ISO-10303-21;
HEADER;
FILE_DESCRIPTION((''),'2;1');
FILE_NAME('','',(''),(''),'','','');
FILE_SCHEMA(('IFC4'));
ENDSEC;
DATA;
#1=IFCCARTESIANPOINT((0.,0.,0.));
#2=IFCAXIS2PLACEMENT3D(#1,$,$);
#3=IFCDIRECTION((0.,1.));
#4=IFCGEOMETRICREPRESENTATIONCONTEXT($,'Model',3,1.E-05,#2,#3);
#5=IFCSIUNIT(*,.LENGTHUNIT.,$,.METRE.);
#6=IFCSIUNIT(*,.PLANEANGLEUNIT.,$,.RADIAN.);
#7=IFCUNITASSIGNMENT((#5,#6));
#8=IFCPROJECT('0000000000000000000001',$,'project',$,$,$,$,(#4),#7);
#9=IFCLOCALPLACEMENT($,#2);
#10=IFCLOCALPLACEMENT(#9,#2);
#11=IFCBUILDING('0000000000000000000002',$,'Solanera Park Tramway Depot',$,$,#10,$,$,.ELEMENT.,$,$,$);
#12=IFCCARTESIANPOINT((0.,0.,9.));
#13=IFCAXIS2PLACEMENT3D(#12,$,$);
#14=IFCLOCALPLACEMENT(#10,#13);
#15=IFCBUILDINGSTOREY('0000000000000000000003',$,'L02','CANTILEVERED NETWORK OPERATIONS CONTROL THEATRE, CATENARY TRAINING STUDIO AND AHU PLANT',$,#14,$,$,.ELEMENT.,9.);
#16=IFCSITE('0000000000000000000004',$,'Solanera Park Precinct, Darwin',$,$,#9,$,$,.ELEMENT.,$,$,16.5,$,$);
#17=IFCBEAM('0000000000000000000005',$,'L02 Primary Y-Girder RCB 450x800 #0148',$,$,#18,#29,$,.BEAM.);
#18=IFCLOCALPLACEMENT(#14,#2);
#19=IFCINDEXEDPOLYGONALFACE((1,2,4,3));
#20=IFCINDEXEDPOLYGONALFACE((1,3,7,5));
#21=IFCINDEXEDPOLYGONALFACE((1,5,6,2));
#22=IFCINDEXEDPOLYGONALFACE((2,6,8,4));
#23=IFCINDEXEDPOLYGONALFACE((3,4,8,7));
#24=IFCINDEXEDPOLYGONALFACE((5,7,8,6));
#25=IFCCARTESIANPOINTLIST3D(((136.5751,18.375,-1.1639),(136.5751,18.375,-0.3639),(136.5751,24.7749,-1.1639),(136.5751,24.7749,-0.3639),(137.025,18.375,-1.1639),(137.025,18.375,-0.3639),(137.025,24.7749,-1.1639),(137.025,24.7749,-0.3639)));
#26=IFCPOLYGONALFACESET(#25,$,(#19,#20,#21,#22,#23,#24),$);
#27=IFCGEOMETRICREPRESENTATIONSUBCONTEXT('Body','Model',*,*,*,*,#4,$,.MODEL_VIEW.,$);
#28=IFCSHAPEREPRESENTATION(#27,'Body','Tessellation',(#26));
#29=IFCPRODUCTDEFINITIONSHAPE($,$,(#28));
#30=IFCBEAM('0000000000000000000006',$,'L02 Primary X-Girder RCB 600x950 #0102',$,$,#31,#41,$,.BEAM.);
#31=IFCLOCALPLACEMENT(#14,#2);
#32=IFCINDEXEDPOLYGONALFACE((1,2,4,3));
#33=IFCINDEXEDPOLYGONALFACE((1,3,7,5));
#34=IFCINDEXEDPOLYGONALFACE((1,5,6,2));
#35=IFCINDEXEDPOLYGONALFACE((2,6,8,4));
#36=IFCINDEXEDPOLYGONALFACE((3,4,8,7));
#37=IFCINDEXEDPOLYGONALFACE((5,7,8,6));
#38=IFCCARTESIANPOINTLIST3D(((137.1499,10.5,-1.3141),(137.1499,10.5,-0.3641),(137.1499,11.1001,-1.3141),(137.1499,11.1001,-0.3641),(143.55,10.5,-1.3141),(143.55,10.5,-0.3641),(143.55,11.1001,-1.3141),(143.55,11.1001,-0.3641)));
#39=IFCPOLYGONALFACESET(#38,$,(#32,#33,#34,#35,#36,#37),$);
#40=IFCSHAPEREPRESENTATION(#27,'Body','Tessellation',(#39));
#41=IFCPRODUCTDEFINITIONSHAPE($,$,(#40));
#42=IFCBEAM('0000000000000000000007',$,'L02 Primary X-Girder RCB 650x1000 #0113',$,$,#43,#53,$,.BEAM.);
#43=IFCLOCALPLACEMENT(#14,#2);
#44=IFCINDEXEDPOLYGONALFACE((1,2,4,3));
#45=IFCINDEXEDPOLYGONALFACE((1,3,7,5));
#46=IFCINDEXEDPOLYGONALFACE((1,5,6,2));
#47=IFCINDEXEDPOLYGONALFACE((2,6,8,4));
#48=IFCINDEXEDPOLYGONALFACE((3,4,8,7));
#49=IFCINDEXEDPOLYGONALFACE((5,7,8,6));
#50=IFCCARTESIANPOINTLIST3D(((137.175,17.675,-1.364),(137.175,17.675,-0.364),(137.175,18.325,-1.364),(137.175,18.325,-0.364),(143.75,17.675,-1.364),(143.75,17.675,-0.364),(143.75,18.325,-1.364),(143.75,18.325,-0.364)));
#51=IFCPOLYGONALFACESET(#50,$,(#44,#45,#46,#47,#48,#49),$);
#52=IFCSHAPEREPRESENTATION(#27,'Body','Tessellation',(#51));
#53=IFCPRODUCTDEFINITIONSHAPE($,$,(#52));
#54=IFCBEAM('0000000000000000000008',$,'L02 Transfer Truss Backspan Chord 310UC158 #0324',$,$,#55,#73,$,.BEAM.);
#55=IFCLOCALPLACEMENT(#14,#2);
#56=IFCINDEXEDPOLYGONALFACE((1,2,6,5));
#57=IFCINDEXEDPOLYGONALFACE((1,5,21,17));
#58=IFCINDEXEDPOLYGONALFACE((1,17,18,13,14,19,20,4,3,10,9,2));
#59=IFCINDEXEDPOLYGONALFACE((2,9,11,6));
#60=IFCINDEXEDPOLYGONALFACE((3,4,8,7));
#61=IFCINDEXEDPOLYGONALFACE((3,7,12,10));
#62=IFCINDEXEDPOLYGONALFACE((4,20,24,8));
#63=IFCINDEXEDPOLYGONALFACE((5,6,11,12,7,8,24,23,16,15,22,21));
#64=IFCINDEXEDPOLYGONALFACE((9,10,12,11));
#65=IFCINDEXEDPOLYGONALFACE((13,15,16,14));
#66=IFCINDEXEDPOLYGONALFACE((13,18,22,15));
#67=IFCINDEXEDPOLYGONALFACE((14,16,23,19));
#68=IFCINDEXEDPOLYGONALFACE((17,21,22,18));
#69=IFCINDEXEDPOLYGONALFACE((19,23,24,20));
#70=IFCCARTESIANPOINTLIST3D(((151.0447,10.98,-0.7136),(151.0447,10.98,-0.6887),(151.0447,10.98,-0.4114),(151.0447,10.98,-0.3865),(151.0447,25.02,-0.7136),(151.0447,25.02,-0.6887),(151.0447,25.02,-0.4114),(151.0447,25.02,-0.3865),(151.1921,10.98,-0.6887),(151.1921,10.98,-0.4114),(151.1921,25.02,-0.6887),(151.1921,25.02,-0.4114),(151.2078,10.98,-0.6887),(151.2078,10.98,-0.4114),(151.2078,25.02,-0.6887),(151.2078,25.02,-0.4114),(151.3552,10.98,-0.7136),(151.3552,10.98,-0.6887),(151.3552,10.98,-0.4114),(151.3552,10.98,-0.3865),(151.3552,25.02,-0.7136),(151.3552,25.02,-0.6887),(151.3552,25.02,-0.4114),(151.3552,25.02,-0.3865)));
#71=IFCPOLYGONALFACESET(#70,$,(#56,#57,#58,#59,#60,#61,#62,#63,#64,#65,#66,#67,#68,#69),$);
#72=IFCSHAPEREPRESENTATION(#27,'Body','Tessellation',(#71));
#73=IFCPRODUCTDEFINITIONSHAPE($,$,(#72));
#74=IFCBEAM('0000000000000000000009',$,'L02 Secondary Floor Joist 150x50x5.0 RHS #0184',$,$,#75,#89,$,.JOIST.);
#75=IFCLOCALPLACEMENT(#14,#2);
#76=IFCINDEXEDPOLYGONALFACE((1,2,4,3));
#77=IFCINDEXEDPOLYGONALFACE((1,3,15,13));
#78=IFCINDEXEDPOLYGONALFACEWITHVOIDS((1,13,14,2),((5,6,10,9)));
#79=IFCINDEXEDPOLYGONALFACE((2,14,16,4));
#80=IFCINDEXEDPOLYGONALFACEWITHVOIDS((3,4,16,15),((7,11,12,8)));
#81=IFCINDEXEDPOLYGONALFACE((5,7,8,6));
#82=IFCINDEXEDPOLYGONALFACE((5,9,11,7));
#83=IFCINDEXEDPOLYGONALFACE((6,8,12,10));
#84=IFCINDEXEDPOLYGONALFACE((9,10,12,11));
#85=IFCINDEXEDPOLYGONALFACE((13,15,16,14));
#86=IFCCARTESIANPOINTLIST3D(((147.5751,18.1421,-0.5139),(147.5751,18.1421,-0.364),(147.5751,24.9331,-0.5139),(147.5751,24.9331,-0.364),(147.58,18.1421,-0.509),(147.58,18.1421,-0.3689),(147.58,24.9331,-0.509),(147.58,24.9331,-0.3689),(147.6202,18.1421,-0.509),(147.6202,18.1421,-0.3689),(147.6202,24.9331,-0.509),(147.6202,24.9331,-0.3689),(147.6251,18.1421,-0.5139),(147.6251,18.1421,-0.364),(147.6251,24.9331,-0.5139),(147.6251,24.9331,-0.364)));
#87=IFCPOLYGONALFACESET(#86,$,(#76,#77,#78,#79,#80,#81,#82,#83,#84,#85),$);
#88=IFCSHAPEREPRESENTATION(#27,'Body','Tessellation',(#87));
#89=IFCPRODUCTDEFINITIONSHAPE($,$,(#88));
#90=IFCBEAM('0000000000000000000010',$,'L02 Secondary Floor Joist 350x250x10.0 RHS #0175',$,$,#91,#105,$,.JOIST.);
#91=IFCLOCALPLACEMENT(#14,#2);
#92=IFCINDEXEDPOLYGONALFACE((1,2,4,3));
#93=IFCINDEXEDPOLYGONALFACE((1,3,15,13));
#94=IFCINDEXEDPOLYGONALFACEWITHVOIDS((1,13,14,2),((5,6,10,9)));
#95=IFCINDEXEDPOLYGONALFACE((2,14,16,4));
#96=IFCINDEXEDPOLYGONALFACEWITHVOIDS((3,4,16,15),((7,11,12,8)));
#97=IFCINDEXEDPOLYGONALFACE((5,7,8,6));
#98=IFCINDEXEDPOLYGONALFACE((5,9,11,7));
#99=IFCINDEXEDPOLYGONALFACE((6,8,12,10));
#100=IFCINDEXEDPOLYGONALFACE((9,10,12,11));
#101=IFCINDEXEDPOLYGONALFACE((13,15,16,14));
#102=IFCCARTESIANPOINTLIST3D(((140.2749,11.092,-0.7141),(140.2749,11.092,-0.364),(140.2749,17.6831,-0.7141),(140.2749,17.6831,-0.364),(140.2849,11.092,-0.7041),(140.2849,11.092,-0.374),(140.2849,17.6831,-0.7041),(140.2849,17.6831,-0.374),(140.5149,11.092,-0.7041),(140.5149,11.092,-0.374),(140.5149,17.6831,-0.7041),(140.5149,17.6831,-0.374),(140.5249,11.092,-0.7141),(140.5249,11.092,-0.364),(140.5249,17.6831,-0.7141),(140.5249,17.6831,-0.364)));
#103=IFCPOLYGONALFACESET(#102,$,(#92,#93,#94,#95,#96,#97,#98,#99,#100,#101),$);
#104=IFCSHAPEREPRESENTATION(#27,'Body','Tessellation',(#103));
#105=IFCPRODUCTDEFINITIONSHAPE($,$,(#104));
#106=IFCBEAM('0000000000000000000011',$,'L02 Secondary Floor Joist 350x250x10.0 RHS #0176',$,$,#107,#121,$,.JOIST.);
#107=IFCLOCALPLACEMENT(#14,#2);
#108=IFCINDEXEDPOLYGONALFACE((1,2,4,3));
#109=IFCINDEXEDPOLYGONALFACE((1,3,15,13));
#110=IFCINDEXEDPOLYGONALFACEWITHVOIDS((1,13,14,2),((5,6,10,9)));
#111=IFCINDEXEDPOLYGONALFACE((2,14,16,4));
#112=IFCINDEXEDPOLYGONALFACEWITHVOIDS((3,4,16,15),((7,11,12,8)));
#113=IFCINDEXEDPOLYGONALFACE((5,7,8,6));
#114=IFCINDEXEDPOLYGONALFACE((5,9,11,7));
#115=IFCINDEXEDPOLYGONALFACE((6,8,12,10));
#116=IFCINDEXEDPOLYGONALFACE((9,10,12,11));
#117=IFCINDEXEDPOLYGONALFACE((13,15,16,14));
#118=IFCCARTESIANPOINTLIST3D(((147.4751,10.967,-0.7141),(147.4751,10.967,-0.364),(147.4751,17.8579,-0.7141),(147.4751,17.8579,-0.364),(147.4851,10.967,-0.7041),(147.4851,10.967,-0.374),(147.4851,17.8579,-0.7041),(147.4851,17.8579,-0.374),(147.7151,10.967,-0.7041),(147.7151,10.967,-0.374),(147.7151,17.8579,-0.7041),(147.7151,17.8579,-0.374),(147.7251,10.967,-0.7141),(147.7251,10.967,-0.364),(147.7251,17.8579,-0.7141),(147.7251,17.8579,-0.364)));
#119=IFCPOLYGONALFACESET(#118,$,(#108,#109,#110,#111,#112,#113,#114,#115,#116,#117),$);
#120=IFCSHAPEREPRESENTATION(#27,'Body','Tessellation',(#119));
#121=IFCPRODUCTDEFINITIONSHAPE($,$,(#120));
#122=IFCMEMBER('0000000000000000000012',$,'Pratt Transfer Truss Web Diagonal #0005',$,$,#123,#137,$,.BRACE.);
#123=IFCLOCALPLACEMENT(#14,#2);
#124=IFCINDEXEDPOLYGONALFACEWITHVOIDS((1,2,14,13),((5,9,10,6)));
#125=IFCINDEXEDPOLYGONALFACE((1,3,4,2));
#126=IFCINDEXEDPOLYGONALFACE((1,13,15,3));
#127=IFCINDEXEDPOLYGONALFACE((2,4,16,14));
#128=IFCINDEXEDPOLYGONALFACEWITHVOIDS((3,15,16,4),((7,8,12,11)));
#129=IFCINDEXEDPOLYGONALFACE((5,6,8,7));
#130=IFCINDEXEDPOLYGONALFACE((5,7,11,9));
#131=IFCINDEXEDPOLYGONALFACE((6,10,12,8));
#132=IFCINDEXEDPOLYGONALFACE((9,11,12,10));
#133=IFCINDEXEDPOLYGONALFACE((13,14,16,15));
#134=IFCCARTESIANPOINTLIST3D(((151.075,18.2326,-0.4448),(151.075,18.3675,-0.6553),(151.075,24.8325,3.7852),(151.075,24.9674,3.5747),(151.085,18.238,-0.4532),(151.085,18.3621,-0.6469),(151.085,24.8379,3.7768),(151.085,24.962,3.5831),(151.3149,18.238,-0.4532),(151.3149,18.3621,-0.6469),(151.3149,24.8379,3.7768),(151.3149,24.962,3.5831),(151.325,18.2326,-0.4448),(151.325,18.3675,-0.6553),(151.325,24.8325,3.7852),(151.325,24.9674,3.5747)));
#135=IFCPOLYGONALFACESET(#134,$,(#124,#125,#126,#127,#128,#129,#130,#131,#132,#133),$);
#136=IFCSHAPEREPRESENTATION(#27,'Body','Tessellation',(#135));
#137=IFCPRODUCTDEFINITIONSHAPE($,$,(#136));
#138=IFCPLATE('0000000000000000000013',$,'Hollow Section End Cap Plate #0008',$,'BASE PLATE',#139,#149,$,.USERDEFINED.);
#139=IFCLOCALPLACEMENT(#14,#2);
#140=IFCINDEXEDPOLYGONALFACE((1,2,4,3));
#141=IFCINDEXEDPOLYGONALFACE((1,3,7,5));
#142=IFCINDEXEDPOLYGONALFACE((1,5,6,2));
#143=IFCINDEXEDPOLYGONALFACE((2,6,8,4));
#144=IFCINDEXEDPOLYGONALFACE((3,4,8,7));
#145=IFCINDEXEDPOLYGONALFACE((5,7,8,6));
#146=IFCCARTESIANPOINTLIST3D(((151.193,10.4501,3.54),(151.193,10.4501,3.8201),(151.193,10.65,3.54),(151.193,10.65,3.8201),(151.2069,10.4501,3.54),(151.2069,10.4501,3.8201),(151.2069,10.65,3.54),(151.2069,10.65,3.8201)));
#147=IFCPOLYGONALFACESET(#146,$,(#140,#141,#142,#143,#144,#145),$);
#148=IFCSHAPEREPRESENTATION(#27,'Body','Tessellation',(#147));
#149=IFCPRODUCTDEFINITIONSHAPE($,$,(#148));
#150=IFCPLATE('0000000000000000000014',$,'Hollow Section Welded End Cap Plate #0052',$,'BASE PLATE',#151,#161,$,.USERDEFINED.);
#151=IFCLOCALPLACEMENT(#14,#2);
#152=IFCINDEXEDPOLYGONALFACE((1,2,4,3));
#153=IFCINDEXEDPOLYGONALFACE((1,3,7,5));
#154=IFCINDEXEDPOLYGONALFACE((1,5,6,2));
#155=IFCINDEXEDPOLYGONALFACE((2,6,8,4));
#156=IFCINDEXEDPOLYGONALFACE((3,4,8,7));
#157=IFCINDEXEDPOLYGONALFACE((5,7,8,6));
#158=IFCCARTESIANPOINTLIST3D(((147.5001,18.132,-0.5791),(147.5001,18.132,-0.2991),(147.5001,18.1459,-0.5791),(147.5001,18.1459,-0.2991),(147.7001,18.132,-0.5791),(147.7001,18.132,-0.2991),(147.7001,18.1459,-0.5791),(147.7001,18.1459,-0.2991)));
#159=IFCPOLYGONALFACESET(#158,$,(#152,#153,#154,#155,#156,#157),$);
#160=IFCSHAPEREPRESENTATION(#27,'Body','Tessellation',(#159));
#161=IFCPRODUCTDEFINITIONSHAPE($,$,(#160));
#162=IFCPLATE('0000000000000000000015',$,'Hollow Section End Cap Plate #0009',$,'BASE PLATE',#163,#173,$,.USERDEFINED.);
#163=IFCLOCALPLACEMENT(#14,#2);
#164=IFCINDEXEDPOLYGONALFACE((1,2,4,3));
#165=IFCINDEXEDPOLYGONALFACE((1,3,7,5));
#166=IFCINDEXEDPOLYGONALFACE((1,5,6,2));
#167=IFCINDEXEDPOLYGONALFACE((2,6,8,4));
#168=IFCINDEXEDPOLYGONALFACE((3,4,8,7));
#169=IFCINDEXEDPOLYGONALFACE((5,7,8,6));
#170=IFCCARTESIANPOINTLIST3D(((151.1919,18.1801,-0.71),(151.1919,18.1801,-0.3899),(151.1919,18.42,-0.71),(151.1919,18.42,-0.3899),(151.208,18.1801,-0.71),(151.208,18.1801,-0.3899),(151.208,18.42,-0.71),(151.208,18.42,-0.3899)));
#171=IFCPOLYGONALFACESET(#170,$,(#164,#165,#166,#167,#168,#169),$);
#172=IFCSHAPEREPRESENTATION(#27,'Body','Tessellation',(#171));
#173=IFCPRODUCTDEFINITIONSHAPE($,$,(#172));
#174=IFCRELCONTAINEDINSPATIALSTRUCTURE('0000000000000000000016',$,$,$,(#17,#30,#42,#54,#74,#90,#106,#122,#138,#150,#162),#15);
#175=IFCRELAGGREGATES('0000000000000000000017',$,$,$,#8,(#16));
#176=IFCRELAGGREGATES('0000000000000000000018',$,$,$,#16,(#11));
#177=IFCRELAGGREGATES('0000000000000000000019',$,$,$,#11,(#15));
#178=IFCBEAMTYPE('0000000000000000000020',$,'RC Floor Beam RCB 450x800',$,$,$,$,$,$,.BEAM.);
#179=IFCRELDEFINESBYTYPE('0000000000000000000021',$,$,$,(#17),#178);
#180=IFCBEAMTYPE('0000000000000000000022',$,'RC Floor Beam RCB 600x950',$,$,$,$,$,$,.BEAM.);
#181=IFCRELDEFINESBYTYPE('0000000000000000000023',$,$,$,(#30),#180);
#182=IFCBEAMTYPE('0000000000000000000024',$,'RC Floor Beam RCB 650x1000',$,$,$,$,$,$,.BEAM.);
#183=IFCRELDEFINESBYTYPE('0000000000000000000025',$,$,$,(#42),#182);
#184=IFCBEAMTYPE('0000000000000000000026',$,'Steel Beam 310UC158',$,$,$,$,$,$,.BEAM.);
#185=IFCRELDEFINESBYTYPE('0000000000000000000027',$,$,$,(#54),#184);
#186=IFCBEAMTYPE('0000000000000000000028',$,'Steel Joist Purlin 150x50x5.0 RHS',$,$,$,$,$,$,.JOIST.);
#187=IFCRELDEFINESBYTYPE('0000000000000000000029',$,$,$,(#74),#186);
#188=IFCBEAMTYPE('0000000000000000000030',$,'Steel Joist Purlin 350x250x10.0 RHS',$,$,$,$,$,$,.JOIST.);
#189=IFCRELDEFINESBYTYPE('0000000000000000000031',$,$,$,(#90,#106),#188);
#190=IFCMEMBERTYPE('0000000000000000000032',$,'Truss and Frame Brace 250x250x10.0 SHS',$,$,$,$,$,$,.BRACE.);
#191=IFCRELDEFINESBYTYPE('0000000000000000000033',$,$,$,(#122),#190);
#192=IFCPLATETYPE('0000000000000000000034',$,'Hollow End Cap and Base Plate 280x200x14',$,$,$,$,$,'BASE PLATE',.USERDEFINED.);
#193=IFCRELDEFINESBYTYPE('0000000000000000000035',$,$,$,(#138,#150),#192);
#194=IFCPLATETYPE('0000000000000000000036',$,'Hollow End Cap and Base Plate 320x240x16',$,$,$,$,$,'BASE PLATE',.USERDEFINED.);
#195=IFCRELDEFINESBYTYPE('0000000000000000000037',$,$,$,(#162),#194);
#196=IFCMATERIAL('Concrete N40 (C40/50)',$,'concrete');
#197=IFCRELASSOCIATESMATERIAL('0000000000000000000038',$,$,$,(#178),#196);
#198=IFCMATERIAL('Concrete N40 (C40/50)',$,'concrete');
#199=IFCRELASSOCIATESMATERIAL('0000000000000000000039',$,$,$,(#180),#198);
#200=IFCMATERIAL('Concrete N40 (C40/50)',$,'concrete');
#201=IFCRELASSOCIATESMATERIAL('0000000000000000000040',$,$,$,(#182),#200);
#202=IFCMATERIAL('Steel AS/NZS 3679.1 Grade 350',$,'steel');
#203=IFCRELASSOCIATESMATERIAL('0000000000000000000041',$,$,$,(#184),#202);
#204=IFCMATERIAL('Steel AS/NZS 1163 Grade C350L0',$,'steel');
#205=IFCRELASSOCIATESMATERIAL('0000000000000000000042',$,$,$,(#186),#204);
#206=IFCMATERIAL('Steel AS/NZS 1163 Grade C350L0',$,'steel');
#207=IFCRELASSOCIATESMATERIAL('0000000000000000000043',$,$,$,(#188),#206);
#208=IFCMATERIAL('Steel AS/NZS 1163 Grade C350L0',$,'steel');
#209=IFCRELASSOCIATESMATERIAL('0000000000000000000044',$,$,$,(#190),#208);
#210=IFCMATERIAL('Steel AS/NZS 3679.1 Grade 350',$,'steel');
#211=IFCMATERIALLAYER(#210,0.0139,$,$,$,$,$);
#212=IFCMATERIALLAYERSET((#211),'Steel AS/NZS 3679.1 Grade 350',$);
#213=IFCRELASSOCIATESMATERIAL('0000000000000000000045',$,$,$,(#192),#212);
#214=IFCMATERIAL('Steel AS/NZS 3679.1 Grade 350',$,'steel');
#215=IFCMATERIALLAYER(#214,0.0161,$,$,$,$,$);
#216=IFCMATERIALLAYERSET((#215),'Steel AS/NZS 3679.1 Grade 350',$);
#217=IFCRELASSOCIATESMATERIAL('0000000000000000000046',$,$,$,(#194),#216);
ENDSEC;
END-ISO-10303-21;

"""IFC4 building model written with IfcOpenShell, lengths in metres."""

from ifc_helpers import new_model, si_unit, direction, frame, origin, origin_2d, place, context, subcontext, project, spatial, rectangle, hollow_rectangle, i_section, extrude, material, layer, layer_set, material_profile, profile_set, type_object, element, save


model = new_model("IFC4")

# Units and contexts
model_context = context("Model", 3, precision=1e-05, world=origin(), true_north=direction((0.0, 1.0)))
body_context = subcontext(model_context, "Body", "Model", "MODEL_VIEW")
ifc_project = project(units=[si_unit("LENGTHUNIT", "METRE"), si_unit("PLANEANGLEUNIT", "RADIAN")], contexts=[model_context])

# Site, building, storey
site_placement = place(None, origin())
site = spatial("IfcSite", under=ifc_project, at=site_placement, Name="Solanera Park Precinct, Darwin", CompositionType="ELEMENT", RefElevation=16.5)
building_placement = place(site_placement, origin())
building = spatial("IfcBuilding", under=site, at=building_placement, Name="Solanera Park Tramway Depot", CompositionType="ELEMENT")
storey_placement = place(building_placement, frame((0.0, 0.0, 9.0)))
storey = spatial("IfcBuildingStorey", under=building, at=storey_placement, Name="L02", Description="CANTILEVERED NETWORK OPERATIONS CONTROL THEATRE, CATENARY TRAINING STUDIO AND AHU PLANT", CompositionType="ELEMENT", Elevation=9.0)

# Beams
ifc_material_1 = material(Name="Concrete N40 (C40/50)", Category="concrete")
ifc_material_profile_1 = material_profile(ifc_material_1, rectangle(XDim=0.45, YDim=0.8, at=origin_2d()), Name="RCB 450x800")
ifc_profile_set_1 = profile_set([ifc_material_profile_1], Name="Concrete N40 (C40/50)")
beam_type_1 = type_object("IfcBeamType", Name="RC Floor Beam RCB 450x800", PredefinedType="BEAM", material=ifc_profile_set_1)
beam_1_placement = place(storey_placement, frame((136.8, 18.375, -0.7639), z_axis=(0.0, 1.0, 0.0), x_axis=(-1.0, 0.0, 0.0)))
element("IfcBeam", 1, at=beam_1_placement, inside=storey, type_object=beam_type_1, Name="L02 Primary Y-Girder RCB 450x800 #0148", PredefinedType="BEAM", context=body_context, shape_type="SweptSolid", body=[
    extrude(rectangle(XDim=0.45, YDim=0.8, at=origin_2d()), origin(), (0.0, 0.0, 1.0), 6.3999),
])
ifc_material_2 = material(Name="Concrete N40 (C40/50)", Category="concrete")
ifc_material_profile_2 = material_profile(ifc_material_2, rectangle(XDim=0.6001, YDim=0.95, at=origin_2d()), Name="RCB 600x950")
ifc_profile_set_2 = profile_set([ifc_material_profile_2], Name="Concrete N40 (C40/50)")
beam_type_2 = type_object("IfcBeamType", Name="RC Floor Beam RCB 600x950", PredefinedType="BEAM", material=ifc_profile_set_2)
beam_2_placement = place(storey_placement, frame((137.1499, 10.8, -0.8391), z_axis=(1.0, 0.0, 0.0), x_axis=(0.0, 1.0, 0.0)))
element("IfcBeam", 2, at=beam_2_placement, inside=storey, type_object=beam_type_2, Name="L02 Primary X-Girder RCB 600x950 #0102", PredefinedType="BEAM", context=body_context, shape_type="SweptSolid", body=[
    extrude(rectangle(XDim=0.6001, YDim=0.95, at=origin_2d()), origin(), (0.0, 0.0, 1.0), 6.4001),
])
ifc_material_3 = material(Name="Concrete N40 (C40/50)", Category="concrete")
ifc_material_profile_3 = material_profile(ifc_material_3, rectangle(XDim=0.6499, YDim=1.0, at=origin_2d()), Name="RCB 650x1000")
ifc_profile_set_3 = profile_set([ifc_material_profile_3], Name="Concrete N40 (C40/50)")
beam_type_3 = type_object("IfcBeamType", Name="RC Floor Beam RCB 650x1000", PredefinedType="BEAM", material=ifc_profile_set_3)
beam_3_placement = place(storey_placement, frame((137.175, 18.0, -0.864), z_axis=(1.0, 0.0, 0.0), x_axis=(0.0, 1.0, 0.0)))
element("IfcBeam", 3, at=beam_3_placement, inside=storey, type_object=beam_type_3, Name="L02 Primary X-Girder RCB 650x1000 #0113", PredefinedType="BEAM", context=body_context, shape_type="SweptSolid", body=[
    extrude(rectangle(XDim=0.6499, YDim=1.0, at=origin_2d()), origin(), (0.0, 0.0, 1.0), 6.575),
])
ifc_material_4 = material(Name="Steel AS/NZS 3679.1 Grade 350", Category="steel")
ifc_material_profile_4 = material_profile(ifc_material_4, i_section(OverallWidth=0.3105, OverallDepth=0.3271, WebThickness=0.0156, FlangeThickness=0.0249, at=origin_2d()), Name="310UC158")
ifc_profile_set_4 = profile_set([ifc_material_profile_4], Name="Steel AS/NZS 3679.1 Grade 350")
beam_type_4 = type_object("IfcBeamType", Name="Steel Beam 310UC158", PredefinedType="BEAM", material=ifc_profile_set_4)
beam_4_placement = place(storey_placement, frame((151.2, 10.98, -0.55), z_axis=(0.0, 1.0, 0.0), x_axis=(-1.0, 0.0, 0.0)))
element("IfcBeam", 4, at=beam_4_placement, inside=storey, type_object=beam_type_4, Name="L02 Transfer Truss Backspan Chord 310UC158 #0324", PredefinedType="BEAM", context=body_context, shape_type="SweptSolid", body=[
    extrude(i_section(OverallWidth=0.3105, OverallDepth=0.3271, WebThickness=0.0156, FlangeThickness=0.0249, at=origin_2d()), origin(), (0.0, 0.0, 1.0), 14.04),
])
ifc_material_5 = material(Name="Steel AS/NZS 1163 Grade C350L0", Category="steel")
ifc_material_profile_5 = material_profile(ifc_material_5, hollow_rectangle(XDim=0.05, YDim=0.1499, WallThickness=0.0049, at=origin_2d()), Name="150x50x5.0 RHS")
ifc_profile_set_5 = profile_set([ifc_material_profile_5], Name="Steel AS/NZS 1163 Grade C350L0")
beam_type_5 = type_object("IfcBeamType", Name="Steel Joist Purlin 150x50x5.0 RHS", PredefinedType="JOIST", material=ifc_profile_set_5)
beam_5_placement = place(storey_placement, frame((147.6001, 18.1421, -0.439), z_axis=(0.0, 1.0, 0.0), x_axis=(-1.0, 0.0, 0.0)))
element("IfcBeam", 5, at=beam_5_placement, inside=storey, type_object=beam_type_5, Name="L02 Secondary Floor Joist 150x50x5.0 RHS #0184", PredefinedType="JOIST", context=body_context, shape_type="SweptSolid", body=[
    extrude(hollow_rectangle(XDim=0.05, YDim=0.1499, WallThickness=0.0049, at=origin_2d()), origin(), (0.0, 0.0, 1.0), 6.791),
])
ifc_material_6 = material(Name="Steel AS/NZS 1163 Grade C350L0", Category="steel")
ifc_material_profile_6 = material_profile(ifc_material_6, hollow_rectangle(XDim=0.25, YDim=0.3501, WallThickness=0.01, at=origin_2d()), Name="350x250x10.0 RHS")
ifc_profile_set_6 = profile_set([ifc_material_profile_6], Name="Steel AS/NZS 1163 Grade C350L0")
beam_type_6 = type_object("IfcBeamType", Name="Steel Joist Purlin 350x250x10.0 RHS", PredefinedType="JOIST", material=ifc_profile_set_6)
beam_6_placement = place(storey_placement, frame((140.3999, 11.092, -0.5391), z_axis=(0.0, 1.0, 0.0), x_axis=(-1.0, 0.0, 0.0)))
element("IfcBeam", 6, at=beam_6_placement, inside=storey, type_object=beam_type_6, Name="L02 Secondary Floor Joist 350x250x10.0 RHS #0175", PredefinedType="JOIST", context=body_context, shape_type="SweptSolid", body=[
    extrude(hollow_rectangle(XDim=0.25, YDim=0.3501, WallThickness=0.01, at=origin_2d()), origin(), (0.0, 0.0, 1.0), 6.5911),
])
beam_7_placement = place(storey_placement, frame((147.6001, 10.967, -0.5391), z_axis=(0.0, 1.0, 0.0), x_axis=(-1.0, 0.0, 0.0)))
element("IfcBeam", 7, at=beam_7_placement, inside=storey, type_object=beam_type_6, Name="L02 Secondary Floor Joist 350x250x10.0 RHS #0176", PredefinedType="JOIST", context=body_context, shape_type="SweptSolid", body=[
    extrude(hollow_rectangle(XDim=0.25, YDim=0.3501, WallThickness=0.01, at=origin_2d()), origin(), (0.0, 0.0, 1.0), 6.8909),
])

# Member
ifc_material_7 = material(Name="Steel AS/NZS 1163 Grade C350L0", Category="steel")
ifc_material_profile_7 = material_profile(ifc_material_7, hollow_rectangle(XDim=0.25, YDim=0.25, WallThickness=0.01, at=origin_2d()), Name="250x250x10.0 SHS")
ifc_profile_set_7 = profile_set([ifc_material_profile_7], Name="Steel AS/NZS 1163 Grade C350L0")
member_type = type_object("IfcMemberType", Name="Truss and Frame Brace 250x250x10.0 SHS", PredefinedType="BRACE", material=ifc_profile_set_7)
member_placement = place(storey_placement, frame((151.2, 18.3, -0.55), z_axis=(0.0, 0.841919, 0.539603), x_axis=(-1.0, 0.0, 0.0)))
element("IfcMember", 8, at=member_placement, inside=storey, type_object=member_type, Name="Pratt Transfer Truss Web Diagonal #0005", PredefinedType="BRACE", context=body_context, shape_type="SweptSolid", body=[
    extrude(hollow_rectangle(XDim=0.25, YDim=0.25, WallThickness=0.01, at=origin_2d()), origin(), (0.0, 0.0, 1.0), 7.8391),
])

# Plates
ifc_material_8 = material(Name="Steel AS/NZS 3679.1 Grade 350", Category="steel")
ifc_layer_1 = layer(ifc_material_8, 0.0139)
ifc_layer_set_1 = layer_set([ifc_layer_1], Name="Steel AS/NZS 3679.1 Grade 350")
plate_type_1 = type_object("IfcPlateType", Name="Hollow End Cap and Base Plate 280x200x14", ElementType="BASE PLATE", PredefinedType="USERDEFINED", material=ifc_layer_set_1)
for number, where, z_axis, x_axis, name in (
    (9, (151.2, 10.55, 3.54), (0.0, 0.0, 1.0), (1.0, 0.0, 0.0), "Hollow Section End Cap Plate #0008"),
    (10, (147.6001, 18.1389, -0.5791), (0.0, 0.0, 1.0), (0.0, 1.0, 0.0), "Hollow Section Welded End Cap Plate #0052"),
):
    element("IfcPlate", number, at=place(storey_placement, frame(where, z_axis=z_axis, x_axis=x_axis)), inside=storey, type_object=plate_type_1, Name=name, ObjectType="BASE PLATE", PredefinedType="USERDEFINED", context=body_context, shape_type="SweptSolid", body=[
        extrude(rectangle(XDim=0.0139, YDim=0.2, at=origin_2d()), origin(), (0.0, 0.0, 1.0), 0.28),
    ])
ifc_material_9 = material(Name="Steel AS/NZS 3679.1 Grade 350", Category="steel")
ifc_layer_2 = layer(ifc_material_9, 0.0161)
ifc_layer_set_2 = layer_set([ifc_layer_2], Name="Steel AS/NZS 3679.1 Grade 350")
plate_type_2 = type_object("IfcPlateType", Name="Hollow End Cap and Base Plate 320x240x16", ElementType="BASE PLATE", PredefinedType="USERDEFINED", material=ifc_layer_set_2)
plate_1_placement = place(storey_placement, frame((151.2, 18.3, -0.71), z_axis=(0.0, 0.0, 1.0), x_axis=(1.0, 0.0, 0.0)))
element("IfcPlate", 11, at=plate_1_placement, inside=storey, type_object=plate_type_2, Name="Hollow Section End Cap Plate #0009", ObjectType="BASE PLATE", PredefinedType="USERDEFINED", context=body_context, shape_type="SweptSolid", body=[
    extrude(rectangle(XDim=0.0161, YDim=0.24, at=origin_2d()), origin(), (0.0, 0.0, 1.0), 0.3201),
])

save(model, "model.ifc")
